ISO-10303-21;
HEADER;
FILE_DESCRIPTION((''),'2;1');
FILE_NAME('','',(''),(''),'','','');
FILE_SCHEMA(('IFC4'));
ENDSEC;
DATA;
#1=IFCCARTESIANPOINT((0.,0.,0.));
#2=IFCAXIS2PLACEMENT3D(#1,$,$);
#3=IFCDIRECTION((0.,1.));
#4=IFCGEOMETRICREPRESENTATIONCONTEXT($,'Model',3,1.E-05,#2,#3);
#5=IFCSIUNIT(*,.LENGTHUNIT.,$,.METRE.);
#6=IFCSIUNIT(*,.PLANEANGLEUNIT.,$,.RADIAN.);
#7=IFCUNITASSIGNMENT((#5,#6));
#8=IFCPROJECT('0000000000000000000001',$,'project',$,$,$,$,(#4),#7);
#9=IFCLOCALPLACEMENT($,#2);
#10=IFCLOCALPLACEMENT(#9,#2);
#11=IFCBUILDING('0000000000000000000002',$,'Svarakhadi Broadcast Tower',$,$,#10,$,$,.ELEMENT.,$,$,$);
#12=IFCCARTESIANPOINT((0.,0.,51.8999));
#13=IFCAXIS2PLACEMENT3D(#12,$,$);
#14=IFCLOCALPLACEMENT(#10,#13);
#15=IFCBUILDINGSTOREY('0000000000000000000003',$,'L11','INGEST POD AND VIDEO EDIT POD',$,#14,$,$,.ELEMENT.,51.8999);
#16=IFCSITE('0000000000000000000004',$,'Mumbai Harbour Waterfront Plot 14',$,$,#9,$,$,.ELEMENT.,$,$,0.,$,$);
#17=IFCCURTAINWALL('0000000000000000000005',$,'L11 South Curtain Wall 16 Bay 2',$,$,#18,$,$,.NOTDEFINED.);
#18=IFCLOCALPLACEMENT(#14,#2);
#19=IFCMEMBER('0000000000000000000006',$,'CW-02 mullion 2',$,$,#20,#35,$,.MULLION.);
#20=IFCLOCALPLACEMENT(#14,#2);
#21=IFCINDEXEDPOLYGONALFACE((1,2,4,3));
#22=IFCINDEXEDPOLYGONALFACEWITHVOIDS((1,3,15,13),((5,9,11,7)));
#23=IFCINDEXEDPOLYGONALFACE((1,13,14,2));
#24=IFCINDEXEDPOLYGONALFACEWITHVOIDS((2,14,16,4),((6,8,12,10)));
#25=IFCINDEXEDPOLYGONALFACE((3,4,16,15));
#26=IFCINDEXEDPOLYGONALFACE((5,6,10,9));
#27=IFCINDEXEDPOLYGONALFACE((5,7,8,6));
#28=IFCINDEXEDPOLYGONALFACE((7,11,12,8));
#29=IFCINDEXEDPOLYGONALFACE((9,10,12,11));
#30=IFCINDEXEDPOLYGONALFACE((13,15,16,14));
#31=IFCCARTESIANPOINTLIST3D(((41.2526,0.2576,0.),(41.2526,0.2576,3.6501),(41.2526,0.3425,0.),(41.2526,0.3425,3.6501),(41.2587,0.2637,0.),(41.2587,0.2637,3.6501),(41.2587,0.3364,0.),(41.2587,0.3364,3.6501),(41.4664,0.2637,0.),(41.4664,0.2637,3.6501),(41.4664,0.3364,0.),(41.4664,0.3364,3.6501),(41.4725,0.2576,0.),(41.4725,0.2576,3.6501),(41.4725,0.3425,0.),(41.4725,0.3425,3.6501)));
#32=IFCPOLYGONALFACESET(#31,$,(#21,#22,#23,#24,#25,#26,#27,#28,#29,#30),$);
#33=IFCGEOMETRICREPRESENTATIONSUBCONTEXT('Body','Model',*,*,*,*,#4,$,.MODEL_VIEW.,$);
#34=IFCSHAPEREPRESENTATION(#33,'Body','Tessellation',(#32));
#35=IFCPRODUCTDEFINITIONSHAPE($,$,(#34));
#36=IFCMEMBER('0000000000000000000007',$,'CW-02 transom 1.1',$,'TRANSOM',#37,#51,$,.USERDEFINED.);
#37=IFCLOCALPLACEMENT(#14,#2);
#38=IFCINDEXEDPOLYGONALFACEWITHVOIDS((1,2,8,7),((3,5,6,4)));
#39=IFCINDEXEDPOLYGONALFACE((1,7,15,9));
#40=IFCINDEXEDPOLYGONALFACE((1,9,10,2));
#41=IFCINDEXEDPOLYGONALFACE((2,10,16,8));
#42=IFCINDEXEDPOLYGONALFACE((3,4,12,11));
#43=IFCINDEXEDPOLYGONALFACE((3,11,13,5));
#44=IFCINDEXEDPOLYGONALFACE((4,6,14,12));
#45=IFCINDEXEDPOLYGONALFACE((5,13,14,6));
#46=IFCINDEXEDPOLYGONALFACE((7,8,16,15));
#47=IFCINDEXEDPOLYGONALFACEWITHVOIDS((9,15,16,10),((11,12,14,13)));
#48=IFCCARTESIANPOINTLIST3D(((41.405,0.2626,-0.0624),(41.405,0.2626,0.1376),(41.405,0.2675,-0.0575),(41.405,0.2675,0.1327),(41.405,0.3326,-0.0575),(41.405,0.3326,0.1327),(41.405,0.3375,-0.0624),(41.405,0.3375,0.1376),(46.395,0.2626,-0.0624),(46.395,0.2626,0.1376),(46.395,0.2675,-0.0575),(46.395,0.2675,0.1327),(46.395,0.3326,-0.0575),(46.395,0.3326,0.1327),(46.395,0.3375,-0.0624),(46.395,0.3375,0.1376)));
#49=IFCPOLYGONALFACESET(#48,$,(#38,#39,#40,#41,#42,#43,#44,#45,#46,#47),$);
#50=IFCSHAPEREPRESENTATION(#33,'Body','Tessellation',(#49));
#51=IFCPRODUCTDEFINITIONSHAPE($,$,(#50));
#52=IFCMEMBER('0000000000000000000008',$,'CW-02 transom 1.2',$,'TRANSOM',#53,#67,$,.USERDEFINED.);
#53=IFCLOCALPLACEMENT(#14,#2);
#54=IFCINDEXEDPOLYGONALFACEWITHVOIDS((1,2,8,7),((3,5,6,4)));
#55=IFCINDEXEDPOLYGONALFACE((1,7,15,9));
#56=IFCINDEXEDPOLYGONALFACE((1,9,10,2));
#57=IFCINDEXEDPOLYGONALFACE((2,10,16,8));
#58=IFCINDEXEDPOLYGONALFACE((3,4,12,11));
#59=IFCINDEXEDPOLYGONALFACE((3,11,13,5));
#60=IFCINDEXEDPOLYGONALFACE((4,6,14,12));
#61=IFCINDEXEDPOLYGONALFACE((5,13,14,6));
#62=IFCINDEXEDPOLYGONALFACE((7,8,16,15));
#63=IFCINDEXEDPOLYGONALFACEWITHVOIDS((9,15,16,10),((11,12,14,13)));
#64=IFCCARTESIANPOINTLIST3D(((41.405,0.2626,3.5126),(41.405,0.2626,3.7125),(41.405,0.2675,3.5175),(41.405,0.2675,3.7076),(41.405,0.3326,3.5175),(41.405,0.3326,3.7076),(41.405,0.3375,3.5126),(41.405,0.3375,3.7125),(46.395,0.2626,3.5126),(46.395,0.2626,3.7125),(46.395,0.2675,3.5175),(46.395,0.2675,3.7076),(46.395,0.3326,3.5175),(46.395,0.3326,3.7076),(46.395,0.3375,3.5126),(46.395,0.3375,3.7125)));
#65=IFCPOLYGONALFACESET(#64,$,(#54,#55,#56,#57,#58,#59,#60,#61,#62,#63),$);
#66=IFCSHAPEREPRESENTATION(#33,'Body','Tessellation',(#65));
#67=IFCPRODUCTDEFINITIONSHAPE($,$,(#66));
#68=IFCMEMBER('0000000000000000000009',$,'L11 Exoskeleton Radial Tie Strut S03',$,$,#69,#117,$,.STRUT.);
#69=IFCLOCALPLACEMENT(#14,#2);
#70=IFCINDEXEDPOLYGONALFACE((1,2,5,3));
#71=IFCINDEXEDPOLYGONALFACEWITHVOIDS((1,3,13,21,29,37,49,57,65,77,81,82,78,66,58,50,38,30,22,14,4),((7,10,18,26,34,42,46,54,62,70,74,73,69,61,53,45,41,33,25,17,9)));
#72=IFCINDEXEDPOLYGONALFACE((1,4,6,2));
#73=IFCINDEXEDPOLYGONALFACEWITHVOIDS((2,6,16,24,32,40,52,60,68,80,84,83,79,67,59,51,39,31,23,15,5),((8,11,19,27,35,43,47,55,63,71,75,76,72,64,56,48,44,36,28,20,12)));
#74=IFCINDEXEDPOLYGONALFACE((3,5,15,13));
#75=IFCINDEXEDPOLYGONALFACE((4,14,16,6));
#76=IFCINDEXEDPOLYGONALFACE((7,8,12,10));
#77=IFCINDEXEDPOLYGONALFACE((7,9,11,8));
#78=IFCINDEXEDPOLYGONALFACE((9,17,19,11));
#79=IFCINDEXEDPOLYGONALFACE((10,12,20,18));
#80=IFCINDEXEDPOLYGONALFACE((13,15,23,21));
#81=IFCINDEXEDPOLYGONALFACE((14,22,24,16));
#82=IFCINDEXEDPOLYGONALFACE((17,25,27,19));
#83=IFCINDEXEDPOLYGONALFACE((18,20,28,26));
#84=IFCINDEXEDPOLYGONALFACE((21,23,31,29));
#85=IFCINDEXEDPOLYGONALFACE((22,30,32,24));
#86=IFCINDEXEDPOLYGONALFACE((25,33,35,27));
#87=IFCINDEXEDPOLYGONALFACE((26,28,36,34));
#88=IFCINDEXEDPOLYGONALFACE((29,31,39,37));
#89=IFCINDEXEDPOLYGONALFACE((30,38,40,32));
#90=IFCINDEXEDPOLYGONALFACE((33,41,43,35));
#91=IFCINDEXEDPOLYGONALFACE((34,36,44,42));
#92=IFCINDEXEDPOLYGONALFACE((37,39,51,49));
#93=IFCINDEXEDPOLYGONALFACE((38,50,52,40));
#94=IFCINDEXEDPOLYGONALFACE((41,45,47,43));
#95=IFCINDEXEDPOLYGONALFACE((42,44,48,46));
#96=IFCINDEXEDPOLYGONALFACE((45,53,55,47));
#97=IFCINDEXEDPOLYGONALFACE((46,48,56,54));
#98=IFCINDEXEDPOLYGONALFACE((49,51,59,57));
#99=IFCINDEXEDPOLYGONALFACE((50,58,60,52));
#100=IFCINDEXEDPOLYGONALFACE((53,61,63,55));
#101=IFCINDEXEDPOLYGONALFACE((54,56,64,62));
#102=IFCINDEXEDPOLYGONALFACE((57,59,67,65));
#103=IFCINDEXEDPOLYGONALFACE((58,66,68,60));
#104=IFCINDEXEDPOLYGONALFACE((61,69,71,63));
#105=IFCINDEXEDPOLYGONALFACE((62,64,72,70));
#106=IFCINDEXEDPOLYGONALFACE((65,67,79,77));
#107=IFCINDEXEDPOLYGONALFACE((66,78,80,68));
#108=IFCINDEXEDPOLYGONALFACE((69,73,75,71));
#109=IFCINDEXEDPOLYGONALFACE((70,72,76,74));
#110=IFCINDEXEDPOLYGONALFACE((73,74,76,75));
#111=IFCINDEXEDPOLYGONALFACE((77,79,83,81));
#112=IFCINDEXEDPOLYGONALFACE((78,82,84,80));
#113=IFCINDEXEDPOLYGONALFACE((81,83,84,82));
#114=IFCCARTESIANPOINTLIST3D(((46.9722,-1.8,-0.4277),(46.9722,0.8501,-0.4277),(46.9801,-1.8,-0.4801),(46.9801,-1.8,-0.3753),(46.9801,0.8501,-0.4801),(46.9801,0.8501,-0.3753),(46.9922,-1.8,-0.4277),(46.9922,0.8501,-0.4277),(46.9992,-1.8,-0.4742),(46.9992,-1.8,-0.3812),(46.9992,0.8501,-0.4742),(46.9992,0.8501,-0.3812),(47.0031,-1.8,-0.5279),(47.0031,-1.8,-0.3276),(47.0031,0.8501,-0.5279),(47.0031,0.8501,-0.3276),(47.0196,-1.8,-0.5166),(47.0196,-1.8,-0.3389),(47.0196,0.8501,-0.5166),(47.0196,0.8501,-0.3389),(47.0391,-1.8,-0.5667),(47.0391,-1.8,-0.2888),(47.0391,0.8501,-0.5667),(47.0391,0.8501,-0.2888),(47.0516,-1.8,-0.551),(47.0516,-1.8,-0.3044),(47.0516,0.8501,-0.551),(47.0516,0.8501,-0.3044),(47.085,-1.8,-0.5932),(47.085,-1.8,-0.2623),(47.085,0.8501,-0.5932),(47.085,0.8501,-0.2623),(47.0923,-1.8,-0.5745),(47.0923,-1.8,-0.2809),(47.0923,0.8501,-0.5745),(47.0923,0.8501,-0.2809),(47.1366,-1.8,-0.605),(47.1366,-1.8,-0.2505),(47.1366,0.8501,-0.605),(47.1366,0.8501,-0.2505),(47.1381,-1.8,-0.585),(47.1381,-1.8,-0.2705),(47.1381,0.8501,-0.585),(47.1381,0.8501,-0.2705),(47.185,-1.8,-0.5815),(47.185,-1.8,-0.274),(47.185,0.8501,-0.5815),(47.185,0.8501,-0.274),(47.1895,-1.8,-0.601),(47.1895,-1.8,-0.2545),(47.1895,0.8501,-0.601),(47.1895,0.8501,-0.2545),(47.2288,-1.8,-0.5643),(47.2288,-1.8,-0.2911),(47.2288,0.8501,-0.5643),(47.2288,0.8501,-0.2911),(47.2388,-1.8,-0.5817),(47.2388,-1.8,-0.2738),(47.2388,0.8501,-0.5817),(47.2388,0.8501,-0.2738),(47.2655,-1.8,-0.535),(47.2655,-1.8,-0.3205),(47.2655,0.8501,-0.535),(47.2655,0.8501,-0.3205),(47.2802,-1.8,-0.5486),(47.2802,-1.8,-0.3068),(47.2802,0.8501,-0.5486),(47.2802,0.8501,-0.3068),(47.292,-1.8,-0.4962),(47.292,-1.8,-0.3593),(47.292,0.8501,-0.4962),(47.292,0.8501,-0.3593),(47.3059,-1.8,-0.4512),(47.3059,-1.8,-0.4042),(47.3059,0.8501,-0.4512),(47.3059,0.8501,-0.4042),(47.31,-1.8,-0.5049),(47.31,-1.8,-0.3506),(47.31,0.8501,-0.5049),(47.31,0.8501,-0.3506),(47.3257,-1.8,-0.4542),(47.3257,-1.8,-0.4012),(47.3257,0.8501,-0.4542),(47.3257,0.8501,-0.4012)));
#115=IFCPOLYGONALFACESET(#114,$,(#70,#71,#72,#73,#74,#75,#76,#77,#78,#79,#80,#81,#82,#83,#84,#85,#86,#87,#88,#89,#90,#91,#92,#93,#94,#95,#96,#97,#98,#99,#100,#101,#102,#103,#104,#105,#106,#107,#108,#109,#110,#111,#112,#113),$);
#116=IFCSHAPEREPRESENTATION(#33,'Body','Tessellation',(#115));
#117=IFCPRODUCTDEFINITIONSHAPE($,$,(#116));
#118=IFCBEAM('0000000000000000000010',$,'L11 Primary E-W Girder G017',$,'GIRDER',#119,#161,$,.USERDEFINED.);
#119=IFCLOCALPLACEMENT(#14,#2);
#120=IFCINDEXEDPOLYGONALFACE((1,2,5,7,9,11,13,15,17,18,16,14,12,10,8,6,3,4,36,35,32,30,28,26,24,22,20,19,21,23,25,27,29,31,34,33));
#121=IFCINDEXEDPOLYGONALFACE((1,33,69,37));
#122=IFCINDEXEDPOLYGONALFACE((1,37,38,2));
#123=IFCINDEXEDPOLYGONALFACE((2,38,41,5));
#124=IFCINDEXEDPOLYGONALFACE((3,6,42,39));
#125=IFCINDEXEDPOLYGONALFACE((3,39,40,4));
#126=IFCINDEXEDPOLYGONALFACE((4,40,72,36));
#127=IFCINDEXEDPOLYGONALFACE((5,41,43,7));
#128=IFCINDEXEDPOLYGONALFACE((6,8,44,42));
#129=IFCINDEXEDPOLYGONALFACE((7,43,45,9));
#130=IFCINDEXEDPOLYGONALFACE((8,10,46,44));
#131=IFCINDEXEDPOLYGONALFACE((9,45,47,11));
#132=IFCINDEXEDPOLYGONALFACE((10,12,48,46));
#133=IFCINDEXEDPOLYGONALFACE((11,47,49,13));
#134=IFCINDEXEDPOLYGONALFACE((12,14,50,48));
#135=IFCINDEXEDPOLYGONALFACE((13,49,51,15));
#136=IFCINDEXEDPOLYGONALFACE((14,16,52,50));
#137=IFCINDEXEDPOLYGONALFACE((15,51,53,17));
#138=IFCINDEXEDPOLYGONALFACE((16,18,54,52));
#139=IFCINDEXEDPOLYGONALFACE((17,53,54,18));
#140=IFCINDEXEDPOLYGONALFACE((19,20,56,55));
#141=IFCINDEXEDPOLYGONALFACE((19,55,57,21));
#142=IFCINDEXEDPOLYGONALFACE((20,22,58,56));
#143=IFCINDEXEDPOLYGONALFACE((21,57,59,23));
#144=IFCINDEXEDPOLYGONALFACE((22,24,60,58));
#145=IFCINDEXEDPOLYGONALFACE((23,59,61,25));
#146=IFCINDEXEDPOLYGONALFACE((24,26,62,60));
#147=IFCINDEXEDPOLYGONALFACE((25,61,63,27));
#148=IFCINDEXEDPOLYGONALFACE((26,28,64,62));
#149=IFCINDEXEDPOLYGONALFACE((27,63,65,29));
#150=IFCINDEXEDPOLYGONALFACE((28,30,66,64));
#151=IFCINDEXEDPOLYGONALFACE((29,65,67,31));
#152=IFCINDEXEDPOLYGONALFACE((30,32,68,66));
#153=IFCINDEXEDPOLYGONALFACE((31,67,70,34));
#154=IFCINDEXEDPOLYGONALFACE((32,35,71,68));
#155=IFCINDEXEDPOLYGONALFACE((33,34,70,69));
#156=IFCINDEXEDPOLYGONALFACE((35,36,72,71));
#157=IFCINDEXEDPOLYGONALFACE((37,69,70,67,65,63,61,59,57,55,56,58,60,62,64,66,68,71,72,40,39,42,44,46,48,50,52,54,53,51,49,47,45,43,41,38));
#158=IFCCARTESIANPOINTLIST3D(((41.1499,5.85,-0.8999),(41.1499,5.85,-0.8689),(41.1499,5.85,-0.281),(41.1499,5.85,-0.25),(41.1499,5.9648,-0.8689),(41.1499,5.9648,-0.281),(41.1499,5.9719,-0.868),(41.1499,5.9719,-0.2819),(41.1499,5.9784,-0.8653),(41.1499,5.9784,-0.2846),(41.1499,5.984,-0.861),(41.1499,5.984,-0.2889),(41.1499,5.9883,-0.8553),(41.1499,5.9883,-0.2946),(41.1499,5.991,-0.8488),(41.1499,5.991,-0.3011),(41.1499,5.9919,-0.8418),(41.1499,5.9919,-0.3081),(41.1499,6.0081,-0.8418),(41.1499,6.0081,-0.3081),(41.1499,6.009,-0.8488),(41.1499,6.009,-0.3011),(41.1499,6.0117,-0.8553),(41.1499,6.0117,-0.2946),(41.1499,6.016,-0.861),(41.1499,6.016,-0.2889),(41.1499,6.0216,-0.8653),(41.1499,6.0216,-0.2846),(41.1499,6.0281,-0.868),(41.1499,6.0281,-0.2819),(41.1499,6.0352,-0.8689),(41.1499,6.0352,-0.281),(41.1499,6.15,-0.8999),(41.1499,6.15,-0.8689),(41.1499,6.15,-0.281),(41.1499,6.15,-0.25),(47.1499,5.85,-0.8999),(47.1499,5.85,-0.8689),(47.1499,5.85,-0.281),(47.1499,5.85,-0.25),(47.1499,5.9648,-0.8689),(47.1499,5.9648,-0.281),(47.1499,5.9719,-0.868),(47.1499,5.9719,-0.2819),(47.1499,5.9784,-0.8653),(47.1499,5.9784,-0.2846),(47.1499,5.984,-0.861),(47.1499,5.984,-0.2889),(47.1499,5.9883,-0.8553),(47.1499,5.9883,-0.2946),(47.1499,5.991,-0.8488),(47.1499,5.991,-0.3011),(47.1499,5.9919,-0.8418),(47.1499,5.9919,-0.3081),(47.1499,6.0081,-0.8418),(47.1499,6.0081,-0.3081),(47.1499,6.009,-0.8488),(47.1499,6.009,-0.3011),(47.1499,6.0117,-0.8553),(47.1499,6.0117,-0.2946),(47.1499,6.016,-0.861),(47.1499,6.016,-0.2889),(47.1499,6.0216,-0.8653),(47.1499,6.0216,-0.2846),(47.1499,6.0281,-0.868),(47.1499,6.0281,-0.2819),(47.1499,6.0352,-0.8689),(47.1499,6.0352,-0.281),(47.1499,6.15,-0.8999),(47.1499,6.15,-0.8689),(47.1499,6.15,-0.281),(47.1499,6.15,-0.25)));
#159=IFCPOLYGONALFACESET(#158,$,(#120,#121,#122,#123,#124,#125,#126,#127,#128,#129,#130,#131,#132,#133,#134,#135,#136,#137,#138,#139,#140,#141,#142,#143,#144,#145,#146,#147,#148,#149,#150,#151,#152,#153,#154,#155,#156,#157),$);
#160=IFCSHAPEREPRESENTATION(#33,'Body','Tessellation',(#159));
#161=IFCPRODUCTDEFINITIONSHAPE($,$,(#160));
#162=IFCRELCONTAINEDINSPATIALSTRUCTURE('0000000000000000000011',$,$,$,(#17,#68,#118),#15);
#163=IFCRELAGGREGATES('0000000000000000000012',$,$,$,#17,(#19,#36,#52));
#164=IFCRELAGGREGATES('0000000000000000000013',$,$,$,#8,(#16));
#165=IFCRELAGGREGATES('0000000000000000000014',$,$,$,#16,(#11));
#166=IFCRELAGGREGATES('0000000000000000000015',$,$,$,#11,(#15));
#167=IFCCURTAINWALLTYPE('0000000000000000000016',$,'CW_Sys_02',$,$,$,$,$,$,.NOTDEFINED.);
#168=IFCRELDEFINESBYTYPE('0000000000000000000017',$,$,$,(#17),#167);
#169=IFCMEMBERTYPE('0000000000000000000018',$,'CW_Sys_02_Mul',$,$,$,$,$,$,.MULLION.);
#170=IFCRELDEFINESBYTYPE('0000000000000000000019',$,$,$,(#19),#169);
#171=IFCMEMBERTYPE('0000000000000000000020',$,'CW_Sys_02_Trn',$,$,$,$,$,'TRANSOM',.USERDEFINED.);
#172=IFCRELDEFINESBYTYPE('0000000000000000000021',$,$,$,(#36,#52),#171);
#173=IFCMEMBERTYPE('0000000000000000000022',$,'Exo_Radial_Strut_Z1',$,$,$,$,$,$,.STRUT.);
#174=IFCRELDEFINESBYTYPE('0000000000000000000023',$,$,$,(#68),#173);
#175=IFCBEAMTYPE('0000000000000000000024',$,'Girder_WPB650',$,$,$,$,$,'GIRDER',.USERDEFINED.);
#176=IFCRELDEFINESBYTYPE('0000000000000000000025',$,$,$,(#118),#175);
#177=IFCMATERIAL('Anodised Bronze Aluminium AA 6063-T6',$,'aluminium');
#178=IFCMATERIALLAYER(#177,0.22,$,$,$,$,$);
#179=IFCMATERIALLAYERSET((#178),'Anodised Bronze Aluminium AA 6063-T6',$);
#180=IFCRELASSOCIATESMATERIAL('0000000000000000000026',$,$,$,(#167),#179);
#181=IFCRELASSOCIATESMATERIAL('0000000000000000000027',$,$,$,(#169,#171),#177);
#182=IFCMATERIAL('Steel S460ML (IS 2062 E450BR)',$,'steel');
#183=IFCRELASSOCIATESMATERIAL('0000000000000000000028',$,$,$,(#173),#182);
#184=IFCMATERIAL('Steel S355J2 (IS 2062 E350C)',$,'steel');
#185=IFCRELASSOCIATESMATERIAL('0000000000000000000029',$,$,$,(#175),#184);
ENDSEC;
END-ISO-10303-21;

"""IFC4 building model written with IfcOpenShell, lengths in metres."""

from ifc_helpers import new_model, si_unit, direction, frame, origin, origin_2d, place, context, subcontext, project, spatial, hollow_rectangle, hollow_circle, i_section, extrude, material, layer, layer_set, material_profile, profile_set, type_object, element, aggregate, save


model = new_model("IFC4")

# Units and contexts
model_context = context("Model", 3, precision=1e-05, world=origin(), true_north=direction((0.0, 1.0)))
body_context = subcontext(model_context, "Body", "Model", "MODEL_VIEW")
ifc_project = project(units=[si_unit("LENGTHUNIT", "METRE"), si_unit("PLANEANGLEUNIT", "RADIAN")], contexts=[model_context])

# Site, building, storey
site_placement = place(None, origin())
site = spatial("IfcSite", under=ifc_project, at=site_placement, Name="Mumbai Harbour Waterfront Plot 14", CompositionType="ELEMENT", RefElevation=0.0)
building_placement = place(site_placement, origin())
building = spatial("IfcBuilding", under=site, at=building_placement, Name="Svarakhadi Broadcast Tower", CompositionType="ELEMENT")
storey_placement = place(building_placement, frame((0.0, 0.0, 51.8999)))
storey = spatial("IfcBuildingStorey", under=building, at=storey_placement, Name="L11", Description="INGEST POD AND VIDEO EDIT POD", CompositionType="ELEMENT", Elevation=51.8999)

# Shared definitions
ifc_material_1 = material(Name="Steel S460ML (IS 2062 E450BR)", Category="steel")

# Shared definitions
ifc_material_2 = material(Name="Steel S355J2 (IS 2062 E350C)", Category="steel")

# Curtain wall, members
ifc_material_3 = material(Name="Anodised Bronze Aluminium AA 6063-T6", Category="aluminium")
ifc_layer_1 = layer(ifc_material_3, 0.22)
ifc_layer_set_1 = layer_set([ifc_layer_1], Name="Anodised Bronze Aluminium AA 6063-T6")
curtain_wall_type = type_object("IfcCurtainWallType", Name="CW_Sys_02", PredefinedType="NOTDEFINED", material=ifc_layer_set_1)
curtain_wall_placement = place(storey_placement, origin())
curtain_wall = element("IfcCurtainWall", 1, at=curtain_wall_placement, inside=storey, type_object=curtain_wall_type, Name="L11 South Curtain Wall 16 Bay 2", PredefinedType="NOTDEFINED")
ifc_material_profile_1 = material_profile(ifc_material_3, hollow_rectangle(XDim=0.085, YDim=0.22, WallThickness=0.0061, at=origin_2d()), Name="ALU MULLION 220x85x6")
ifc_profile_set_1 = profile_set([ifc_material_profile_1], Name="Anodised Bronze Aluminium AA 6063-T6")
member_type_1 = type_object("IfcMemberType", Name="CW_Sys_02_Mul", PredefinedType="MULLION", material=ifc_profile_set_1)
member_1_placement = place(storey_placement, frame((41.3625, 0.3, 0.0), z_axis=(0.0, 0.0, 1.0), x_axis=(0.0, -1.0, 0.0)))
member_1 = element("IfcMember", 2, at=member_1_placement, type_object=member_type_1, Name="CW-02 mullion 2", PredefinedType="MULLION", context=body_context, shape_type="SweptSolid", body=[
    extrude(hollow_rectangle(XDim=0.085, YDim=0.22, WallThickness=0.0061, at=origin_2d()), origin(), (0.0, 0.0, 1.0), 3.6501),
])
ifc_material_profile_2 = material_profile(ifc_material_3, hollow_rectangle(XDim=0.075, YDim=0.2, WallThickness=0.0049, at=origin_2d()), Name="ALU TRANSOM 200x75x5")
ifc_profile_set_2 = profile_set([ifc_material_profile_2], Name="Anodised Bronze Aluminium AA 6063-T6")
member_type_2 = type_object("IfcMemberType", Name="CW_Sys_02_Trn", ElementType="TRANSOM", PredefinedType="USERDEFINED", material=ifc_profile_set_2)
member_2_placement = place(storey_placement, frame((46.395, 0.3, 0.0376), z_axis=(-1.0, 0.0, 0.0), x_axis=(0.0, -1.0, 0.0)))
member_2 = element("IfcMember", 3, at=member_2_placement, type_object=member_type_2, Name="CW-02 transom 1.1", ObjectType="TRANSOM", PredefinedType="USERDEFINED", context=body_context, shape_type="SweptSolid", body=[
    extrude(hollow_rectangle(XDim=0.075, YDim=0.2, WallThickness=0.0049, at=origin_2d()), origin(), (0.0, 0.0, 1.0), 4.99),
])
member_3_placement = place(storey_placement, frame((46.395, 0.3, 3.6125), z_axis=(-1.0, 0.0, 0.0), x_axis=(0.0, -1.0, 0.0)))
member_3 = element("IfcMember", 4, at=member_3_placement, type_object=member_type_2, Name="CW-02 transom 1.2", ObjectType="TRANSOM", PredefinedType="USERDEFINED", context=body_context, shape_type="SweptSolid", body=[
    extrude(hollow_rectangle(XDim=0.075, YDim=0.2, WallThickness=0.0049, at=origin_2d()), origin(), (0.0, 0.0, 1.0), 4.99),
])

# Member
ifc_material_profile_3 = material_profile(ifc_material_1, hollow_circle(Radius=0.1777, WallThickness=0.02, at=origin_2d()), Name="CHS 355.6x20")
ifc_profile_set_3 = profile_set([ifc_material_profile_3], Name="Steel S460ML (IS 2062 E450BR)")
member_type_3 = type_object("IfcMemberType", Name="Exo_Radial_Strut_Z1", PredefinedType="STRUT", material=ifc_profile_set_3)
member_4_placement = place(storey_placement, frame((47.1499, -1.8, -0.4277), z_axis=(0.0, 1.0, 0.0), x_axis=(-1.0, 0.0, 0.0)))
element("IfcMember", 5, at=member_4_placement, inside=storey, type_object=member_type_3, Name="L11 Exoskeleton Radial Tie Strut S03", PredefinedType="STRUT", context=body_context, shape_type="SweptSolid", body=[
    extrude(hollow_circle(Radius=0.1777, WallThickness=0.02, at=origin_2d()), origin(), (0.0, 0.0, 1.0), 2.6501),
])

# Beam
ifc_material_profile_4 = material_profile(ifc_material_2, i_section(OverallWidth=0.3, OverallDepth=0.6499, WebThickness=0.0161, FlangeThickness=0.031, FilletRadius=0.0271, at=origin_2d()), Name="WPB 650x300x225")
ifc_profile_set_4 = profile_set([ifc_material_profile_4], Name="Steel S355J2 (IS 2062 E350C)")
beam_type_1 = type_object("IfcBeamType", Name="Girder_WPB650", ElementType="GIRDER", PredefinedType="USERDEFINED", material=ifc_profile_set_4)
beam_1_placement = place(storey_placement, frame((41.1499, 6.0, -0.575), z_axis=(1.0, 0.0, 0.0), x_axis=(0.0, 1.0, 0.0)))
element("IfcBeam", 6, at=beam_1_placement, inside=storey, type_object=beam_type_1, Name="L11 Primary E-W Girder G017", ObjectType="GIRDER", PredefinedType="USERDEFINED", context=body_context, shape_type="SweptSolid", body=[
    extrude(i_section(OverallWidth=0.3, OverallDepth=0.6499, WebThickness=0.0161, FlangeThickness=0.031, FilletRadius=0.0271, at=origin_2d()), origin(), (0.0, 0.0, 1.0), 6.0),
])

aggregate(curtain_wall, [member_1, member_2, member_3])

save(model, "model.ifc")
